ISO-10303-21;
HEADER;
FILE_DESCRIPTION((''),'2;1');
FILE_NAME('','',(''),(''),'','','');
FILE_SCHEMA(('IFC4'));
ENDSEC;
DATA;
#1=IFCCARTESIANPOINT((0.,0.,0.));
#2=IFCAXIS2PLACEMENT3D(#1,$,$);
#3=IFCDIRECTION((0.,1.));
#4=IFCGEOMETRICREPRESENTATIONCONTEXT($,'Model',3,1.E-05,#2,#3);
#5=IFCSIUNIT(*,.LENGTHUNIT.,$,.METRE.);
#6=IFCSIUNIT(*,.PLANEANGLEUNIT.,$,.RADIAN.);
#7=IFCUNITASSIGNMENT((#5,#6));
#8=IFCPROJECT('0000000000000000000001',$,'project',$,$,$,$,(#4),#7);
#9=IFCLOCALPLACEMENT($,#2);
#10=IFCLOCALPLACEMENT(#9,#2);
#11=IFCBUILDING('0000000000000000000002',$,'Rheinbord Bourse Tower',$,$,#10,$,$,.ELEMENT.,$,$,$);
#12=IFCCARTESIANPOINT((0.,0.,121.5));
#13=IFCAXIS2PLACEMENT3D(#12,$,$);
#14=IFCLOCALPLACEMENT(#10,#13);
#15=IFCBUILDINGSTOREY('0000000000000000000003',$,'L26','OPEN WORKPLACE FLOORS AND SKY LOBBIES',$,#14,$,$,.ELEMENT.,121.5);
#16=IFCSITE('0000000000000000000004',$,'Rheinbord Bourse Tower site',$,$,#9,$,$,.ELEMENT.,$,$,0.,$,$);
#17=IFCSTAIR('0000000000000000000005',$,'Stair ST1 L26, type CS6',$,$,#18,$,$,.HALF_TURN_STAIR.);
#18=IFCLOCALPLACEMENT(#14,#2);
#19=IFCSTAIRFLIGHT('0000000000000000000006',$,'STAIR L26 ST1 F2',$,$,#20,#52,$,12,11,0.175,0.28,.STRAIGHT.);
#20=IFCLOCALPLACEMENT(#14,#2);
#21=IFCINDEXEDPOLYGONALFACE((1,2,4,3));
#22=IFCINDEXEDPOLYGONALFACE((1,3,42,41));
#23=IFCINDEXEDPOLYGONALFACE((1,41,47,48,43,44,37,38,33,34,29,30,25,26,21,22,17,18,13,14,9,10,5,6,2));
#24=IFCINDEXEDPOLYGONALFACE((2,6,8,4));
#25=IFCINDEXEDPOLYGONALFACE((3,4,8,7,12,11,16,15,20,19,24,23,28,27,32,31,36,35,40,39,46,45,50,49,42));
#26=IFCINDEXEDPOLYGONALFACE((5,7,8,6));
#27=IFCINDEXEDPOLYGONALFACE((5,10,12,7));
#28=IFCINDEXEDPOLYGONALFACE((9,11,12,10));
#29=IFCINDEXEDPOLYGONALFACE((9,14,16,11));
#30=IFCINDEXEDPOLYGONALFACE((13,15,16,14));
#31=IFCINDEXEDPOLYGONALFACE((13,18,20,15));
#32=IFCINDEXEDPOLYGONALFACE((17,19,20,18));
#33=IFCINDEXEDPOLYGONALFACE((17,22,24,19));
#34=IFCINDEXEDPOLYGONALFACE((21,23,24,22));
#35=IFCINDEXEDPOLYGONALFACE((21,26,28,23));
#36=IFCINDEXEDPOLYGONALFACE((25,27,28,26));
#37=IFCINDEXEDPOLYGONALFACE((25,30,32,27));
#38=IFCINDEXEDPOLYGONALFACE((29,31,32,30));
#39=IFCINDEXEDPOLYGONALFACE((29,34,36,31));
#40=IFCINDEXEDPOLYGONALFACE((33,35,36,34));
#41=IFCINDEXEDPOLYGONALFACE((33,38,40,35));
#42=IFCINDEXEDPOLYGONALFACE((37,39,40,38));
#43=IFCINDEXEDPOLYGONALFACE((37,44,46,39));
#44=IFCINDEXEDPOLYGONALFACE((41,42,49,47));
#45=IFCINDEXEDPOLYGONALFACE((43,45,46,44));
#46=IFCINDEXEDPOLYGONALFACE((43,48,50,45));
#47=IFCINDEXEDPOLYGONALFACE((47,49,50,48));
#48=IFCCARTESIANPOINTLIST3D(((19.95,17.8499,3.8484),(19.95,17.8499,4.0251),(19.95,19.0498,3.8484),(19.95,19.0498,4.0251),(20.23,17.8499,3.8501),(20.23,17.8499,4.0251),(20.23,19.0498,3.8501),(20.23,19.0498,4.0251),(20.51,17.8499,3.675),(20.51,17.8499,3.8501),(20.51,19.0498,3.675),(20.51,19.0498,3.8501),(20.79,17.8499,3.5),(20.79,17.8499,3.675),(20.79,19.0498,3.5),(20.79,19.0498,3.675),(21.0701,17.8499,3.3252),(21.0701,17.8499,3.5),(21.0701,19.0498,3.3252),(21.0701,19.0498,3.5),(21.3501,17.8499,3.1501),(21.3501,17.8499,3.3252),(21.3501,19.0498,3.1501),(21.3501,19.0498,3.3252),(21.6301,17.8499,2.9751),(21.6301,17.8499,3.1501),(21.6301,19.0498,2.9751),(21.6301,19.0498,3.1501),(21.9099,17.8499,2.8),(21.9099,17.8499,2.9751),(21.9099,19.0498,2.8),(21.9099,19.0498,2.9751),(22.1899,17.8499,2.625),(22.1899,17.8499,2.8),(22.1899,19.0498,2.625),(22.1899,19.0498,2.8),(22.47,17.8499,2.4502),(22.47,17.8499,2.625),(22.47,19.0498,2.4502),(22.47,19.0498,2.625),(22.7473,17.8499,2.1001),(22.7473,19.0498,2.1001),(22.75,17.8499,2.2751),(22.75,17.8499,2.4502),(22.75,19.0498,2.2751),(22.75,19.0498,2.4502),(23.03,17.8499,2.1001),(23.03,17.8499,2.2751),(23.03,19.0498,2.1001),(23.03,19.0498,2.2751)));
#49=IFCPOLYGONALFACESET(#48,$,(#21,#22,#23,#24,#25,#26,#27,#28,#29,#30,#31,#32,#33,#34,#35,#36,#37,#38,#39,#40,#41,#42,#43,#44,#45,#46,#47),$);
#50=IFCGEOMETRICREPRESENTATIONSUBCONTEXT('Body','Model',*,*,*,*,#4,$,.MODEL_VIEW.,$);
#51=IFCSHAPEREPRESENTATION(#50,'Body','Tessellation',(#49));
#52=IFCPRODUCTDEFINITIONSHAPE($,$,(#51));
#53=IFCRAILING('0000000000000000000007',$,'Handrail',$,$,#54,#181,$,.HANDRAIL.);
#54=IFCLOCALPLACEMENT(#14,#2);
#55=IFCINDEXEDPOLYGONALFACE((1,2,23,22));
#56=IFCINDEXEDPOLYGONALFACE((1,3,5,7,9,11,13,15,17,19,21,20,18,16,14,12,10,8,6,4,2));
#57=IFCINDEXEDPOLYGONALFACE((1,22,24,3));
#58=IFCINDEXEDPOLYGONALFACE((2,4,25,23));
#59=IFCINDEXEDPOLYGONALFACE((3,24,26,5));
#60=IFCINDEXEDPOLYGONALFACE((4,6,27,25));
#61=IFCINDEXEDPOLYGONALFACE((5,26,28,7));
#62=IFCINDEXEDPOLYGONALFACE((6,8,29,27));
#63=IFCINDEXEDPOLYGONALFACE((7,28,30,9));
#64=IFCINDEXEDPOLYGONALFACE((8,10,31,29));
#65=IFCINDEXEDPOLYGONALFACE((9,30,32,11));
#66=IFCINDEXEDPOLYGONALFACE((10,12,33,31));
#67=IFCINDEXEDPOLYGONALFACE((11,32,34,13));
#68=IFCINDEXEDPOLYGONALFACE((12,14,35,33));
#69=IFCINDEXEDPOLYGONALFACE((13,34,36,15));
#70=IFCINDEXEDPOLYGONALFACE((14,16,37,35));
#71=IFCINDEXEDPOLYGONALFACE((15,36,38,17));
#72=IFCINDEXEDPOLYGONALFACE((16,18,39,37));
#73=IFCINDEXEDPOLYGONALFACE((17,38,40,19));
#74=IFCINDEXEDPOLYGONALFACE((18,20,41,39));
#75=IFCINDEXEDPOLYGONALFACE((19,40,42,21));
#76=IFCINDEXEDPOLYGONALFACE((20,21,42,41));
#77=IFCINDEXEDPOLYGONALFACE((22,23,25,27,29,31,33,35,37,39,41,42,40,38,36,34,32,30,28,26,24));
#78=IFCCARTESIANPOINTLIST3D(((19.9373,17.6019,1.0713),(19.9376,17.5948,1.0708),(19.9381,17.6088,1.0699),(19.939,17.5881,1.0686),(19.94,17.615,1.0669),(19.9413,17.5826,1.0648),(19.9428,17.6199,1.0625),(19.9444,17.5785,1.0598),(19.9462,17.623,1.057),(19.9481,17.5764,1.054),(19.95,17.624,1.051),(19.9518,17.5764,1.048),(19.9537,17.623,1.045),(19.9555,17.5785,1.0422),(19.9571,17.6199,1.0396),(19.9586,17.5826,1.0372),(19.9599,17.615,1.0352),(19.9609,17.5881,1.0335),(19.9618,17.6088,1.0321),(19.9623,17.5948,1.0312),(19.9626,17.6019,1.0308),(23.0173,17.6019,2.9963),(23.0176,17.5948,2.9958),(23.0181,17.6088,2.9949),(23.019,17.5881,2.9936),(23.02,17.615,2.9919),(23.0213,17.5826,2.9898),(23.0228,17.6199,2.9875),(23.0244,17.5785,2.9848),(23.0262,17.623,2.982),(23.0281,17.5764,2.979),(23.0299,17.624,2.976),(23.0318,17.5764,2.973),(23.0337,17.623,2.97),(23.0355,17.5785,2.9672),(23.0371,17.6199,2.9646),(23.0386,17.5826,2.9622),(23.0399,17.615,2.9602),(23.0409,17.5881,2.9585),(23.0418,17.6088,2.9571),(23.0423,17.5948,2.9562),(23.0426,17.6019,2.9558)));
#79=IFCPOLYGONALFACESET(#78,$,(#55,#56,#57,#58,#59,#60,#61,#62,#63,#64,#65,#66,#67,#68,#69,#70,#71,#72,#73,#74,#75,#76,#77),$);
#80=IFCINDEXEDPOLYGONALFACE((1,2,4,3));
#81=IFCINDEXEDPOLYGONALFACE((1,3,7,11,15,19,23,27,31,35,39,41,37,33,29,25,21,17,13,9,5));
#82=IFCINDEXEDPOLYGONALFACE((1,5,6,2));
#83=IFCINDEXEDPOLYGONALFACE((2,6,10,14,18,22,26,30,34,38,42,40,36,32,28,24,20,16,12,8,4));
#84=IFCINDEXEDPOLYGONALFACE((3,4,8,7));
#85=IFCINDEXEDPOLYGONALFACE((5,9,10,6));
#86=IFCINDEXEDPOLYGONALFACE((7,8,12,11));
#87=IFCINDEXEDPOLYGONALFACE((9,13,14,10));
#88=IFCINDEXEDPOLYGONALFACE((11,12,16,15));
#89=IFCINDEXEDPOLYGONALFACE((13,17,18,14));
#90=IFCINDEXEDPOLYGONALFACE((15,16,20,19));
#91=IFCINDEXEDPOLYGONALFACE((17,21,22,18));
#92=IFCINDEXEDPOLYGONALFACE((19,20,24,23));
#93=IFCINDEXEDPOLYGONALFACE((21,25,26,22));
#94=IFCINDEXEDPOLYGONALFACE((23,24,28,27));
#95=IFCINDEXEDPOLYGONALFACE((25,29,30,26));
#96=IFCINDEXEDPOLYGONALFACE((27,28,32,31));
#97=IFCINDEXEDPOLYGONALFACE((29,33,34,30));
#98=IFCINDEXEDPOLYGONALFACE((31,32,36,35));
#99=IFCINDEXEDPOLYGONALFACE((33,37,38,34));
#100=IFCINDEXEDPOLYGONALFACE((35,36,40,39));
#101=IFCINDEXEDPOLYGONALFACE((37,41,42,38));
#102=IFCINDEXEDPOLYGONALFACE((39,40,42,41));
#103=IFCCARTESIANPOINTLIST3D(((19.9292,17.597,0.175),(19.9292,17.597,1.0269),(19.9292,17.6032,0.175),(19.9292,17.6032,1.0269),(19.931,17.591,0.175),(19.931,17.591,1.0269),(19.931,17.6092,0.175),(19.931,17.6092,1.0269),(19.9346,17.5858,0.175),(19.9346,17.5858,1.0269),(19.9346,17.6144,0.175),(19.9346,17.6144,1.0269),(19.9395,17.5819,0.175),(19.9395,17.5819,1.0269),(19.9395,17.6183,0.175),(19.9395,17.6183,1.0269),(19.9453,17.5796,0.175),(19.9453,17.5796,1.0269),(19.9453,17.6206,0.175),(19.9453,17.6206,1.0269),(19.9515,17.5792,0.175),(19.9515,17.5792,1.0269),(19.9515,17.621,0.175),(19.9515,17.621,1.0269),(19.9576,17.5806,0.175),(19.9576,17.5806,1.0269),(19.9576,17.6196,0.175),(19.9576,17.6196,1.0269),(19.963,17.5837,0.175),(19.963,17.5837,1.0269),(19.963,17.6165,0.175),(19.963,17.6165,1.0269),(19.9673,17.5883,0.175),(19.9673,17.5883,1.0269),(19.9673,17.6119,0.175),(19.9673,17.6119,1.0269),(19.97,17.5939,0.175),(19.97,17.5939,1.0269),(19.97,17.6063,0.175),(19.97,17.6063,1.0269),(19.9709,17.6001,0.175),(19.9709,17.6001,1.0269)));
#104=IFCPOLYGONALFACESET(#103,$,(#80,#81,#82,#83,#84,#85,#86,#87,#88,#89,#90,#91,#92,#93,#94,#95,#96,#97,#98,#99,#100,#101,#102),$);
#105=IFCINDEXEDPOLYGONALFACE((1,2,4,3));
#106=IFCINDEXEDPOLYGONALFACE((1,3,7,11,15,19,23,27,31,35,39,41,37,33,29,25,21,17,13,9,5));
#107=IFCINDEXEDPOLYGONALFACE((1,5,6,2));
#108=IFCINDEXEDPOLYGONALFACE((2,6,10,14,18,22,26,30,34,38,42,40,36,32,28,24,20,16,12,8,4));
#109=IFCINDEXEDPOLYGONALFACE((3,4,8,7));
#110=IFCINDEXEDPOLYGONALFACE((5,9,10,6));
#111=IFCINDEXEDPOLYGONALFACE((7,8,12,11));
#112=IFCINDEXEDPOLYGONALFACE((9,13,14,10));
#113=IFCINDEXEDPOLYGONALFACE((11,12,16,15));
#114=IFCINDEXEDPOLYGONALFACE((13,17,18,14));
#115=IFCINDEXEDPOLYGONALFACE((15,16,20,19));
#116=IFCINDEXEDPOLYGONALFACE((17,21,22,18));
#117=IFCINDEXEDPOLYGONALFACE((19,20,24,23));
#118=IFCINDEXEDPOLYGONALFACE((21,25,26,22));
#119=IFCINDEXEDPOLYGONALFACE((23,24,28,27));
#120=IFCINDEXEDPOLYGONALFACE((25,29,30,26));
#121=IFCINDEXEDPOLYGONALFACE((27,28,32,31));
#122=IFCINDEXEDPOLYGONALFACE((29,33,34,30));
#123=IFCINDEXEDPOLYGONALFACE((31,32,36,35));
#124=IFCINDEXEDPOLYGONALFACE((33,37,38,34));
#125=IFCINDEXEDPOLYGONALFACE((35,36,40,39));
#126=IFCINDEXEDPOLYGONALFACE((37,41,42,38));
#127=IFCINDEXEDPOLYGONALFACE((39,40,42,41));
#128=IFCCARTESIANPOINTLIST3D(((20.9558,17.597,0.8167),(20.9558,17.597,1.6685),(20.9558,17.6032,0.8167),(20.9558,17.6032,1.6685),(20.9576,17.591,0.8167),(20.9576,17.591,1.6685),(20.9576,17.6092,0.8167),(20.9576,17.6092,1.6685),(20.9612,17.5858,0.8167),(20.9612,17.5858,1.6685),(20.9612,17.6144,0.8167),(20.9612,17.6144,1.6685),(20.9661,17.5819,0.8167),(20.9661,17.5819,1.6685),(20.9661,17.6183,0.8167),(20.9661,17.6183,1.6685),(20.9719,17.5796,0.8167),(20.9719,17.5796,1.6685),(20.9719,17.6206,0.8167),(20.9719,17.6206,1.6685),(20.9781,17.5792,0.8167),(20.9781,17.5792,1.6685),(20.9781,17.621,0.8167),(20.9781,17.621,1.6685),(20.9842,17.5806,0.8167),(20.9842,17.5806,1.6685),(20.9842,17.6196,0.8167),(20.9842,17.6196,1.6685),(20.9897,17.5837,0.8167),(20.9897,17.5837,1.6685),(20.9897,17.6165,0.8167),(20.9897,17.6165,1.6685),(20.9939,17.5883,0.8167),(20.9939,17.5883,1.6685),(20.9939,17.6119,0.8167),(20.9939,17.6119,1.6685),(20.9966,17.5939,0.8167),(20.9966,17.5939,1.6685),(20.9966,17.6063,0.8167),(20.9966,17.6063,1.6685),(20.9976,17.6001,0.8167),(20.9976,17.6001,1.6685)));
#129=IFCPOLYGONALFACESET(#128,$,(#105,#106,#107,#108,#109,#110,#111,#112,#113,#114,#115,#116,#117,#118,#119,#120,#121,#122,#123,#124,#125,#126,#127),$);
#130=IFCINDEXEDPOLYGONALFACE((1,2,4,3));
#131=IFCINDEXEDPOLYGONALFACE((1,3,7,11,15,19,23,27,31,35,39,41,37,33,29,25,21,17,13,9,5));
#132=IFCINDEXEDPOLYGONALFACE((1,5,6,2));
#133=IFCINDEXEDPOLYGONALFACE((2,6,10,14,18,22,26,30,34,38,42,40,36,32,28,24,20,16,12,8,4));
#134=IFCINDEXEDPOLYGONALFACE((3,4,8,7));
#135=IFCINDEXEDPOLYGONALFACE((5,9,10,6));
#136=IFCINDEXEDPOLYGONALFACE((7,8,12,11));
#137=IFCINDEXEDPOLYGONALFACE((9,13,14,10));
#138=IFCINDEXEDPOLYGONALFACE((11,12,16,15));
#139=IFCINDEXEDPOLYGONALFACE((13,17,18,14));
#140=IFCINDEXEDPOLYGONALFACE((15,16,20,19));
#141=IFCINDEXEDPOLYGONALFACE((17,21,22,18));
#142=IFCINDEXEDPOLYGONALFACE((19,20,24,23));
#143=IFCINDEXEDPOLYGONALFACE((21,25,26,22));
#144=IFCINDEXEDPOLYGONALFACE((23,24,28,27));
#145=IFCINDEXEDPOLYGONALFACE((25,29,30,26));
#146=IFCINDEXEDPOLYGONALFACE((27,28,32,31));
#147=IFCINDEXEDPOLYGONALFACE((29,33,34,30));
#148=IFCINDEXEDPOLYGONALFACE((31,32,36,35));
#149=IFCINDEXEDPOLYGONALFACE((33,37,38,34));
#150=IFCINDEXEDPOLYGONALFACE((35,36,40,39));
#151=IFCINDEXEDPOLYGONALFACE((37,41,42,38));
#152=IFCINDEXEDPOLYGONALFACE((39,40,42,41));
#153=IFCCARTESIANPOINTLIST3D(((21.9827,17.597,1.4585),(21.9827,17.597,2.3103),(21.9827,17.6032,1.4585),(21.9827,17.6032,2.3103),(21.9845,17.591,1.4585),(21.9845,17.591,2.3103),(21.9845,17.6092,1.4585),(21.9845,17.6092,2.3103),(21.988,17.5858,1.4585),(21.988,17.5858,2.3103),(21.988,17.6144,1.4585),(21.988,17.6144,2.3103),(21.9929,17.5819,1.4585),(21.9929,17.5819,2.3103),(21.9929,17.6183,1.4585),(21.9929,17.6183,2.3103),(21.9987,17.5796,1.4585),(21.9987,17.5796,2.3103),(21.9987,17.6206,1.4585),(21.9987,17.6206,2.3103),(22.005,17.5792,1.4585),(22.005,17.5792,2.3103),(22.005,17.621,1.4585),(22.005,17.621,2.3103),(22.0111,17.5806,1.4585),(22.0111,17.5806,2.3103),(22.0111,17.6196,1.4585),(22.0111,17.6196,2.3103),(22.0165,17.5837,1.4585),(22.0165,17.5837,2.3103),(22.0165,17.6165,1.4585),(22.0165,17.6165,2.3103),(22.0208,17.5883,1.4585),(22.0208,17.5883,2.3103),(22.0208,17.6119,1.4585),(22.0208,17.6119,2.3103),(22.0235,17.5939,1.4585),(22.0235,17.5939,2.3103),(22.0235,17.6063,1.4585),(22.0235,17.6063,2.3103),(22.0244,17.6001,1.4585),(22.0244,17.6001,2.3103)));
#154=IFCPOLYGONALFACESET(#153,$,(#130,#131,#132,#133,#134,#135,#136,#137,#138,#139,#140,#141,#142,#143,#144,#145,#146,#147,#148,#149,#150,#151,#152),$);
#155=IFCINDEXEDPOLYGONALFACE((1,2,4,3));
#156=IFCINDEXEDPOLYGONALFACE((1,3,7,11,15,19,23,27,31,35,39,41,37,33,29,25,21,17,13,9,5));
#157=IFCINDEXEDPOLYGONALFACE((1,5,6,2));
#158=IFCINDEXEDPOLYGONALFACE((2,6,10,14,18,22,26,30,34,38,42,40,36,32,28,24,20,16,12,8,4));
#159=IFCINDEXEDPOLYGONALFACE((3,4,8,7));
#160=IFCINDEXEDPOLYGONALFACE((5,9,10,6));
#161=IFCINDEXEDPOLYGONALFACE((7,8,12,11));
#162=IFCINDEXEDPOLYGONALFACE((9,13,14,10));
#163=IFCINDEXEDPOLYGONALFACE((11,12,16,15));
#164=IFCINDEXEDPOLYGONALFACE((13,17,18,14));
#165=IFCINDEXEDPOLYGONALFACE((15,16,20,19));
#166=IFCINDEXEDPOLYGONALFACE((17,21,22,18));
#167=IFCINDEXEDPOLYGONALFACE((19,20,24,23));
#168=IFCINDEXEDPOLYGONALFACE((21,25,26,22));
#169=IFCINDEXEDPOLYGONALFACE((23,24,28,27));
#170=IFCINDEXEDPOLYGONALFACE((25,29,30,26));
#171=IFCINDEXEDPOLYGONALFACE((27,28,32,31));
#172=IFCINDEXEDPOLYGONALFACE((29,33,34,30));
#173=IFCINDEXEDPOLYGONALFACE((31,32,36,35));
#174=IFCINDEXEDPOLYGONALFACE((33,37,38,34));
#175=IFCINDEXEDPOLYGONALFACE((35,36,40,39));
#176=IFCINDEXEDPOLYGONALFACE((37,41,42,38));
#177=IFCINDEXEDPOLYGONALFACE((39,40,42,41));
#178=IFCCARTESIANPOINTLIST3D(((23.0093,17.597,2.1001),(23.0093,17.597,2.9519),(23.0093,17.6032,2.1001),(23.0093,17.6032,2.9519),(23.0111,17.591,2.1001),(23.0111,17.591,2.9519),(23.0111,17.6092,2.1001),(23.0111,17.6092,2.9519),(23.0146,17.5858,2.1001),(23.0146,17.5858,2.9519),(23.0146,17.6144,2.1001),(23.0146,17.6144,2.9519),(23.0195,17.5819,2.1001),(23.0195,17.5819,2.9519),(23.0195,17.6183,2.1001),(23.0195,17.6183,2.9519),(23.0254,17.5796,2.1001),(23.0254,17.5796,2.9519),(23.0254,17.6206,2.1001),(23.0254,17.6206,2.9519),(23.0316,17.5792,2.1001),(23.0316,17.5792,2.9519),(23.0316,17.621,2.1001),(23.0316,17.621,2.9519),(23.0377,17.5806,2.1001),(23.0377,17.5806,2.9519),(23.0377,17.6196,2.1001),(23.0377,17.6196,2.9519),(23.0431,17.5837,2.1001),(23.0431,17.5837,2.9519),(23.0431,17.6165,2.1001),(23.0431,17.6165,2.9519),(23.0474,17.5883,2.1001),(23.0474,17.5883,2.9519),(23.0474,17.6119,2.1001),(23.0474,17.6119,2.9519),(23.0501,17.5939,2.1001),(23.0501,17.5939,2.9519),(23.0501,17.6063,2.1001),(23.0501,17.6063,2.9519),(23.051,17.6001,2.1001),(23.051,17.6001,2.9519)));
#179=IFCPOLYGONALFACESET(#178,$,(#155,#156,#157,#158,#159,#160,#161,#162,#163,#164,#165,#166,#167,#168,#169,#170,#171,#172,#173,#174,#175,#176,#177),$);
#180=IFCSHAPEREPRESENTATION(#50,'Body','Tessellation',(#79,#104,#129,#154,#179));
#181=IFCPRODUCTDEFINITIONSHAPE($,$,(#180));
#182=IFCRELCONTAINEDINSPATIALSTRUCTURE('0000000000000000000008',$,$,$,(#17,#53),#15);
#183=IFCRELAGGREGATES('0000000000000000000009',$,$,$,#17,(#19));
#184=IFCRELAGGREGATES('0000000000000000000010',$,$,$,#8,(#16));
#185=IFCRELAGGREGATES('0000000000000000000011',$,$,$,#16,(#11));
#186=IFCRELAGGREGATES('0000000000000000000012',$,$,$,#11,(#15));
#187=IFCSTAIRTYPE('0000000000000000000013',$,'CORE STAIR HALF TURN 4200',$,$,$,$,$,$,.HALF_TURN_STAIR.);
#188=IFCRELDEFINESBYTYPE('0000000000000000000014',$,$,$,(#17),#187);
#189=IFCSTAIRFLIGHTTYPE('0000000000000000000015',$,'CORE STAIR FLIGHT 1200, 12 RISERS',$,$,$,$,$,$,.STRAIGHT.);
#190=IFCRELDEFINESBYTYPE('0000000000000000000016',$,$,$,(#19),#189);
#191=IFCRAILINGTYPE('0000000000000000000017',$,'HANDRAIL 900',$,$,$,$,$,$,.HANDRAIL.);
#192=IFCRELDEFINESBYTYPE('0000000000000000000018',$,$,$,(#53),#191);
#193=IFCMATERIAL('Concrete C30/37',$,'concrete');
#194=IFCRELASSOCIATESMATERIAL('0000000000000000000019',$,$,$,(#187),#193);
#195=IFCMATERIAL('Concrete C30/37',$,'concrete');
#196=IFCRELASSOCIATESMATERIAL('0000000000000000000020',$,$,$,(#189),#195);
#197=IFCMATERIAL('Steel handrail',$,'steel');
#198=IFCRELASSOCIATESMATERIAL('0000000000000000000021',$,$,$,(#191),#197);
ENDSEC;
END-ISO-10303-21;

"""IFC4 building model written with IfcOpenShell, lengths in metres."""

from ifc_helpers import new_model, si_unit, direction, frame, origin, origin_2d, place, context, subcontext, project, spatial, polyline, circle, outline, extrude, material, type_object, element, aggregate, save


model = new_model("IFC4")

# Units and contexts
model_context = context("Model", 3, precision=1e-05, world=origin(), true_north=direction((0.0, 1.0)))
body_context = subcontext(model_context, "Body", "Model", "MODEL_VIEW")
ifc_project = project(units=[si_unit("LENGTHUNIT", "METRE"), si_unit("PLANEANGLEUNIT", "RADIAN")], contexts=[model_context])

# Site, building, storey
site_placement = place(None, origin())
site = spatial("IfcSite", under=ifc_project, at=site_placement, Name="Rheinbord Bourse Tower site", CompositionType="ELEMENT", RefElevation=0.0)
building_placement = place(site_placement, origin())
building = spatial("IfcBuilding", under=site, at=building_placement, Name="Rheinbord Bourse Tower", CompositionType="ELEMENT")
storey_placement = place(building_placement, frame((0.0, 0.0, 121.5)))
storey = spatial("IfcBuildingStorey", under=building, at=storey_placement, Name="L26", Description="OPEN WORKPLACE FLOORS AND SKY LOBBIES", CompositionType="ELEMENT", Elevation=121.5)

# Stair, stair flight
ifc_material_1 = material(Name="Concrete C30/37", Category="concrete")
stair_type = type_object("IfcStairType", Name="CORE STAIR HALF TURN 4200", PredefinedType="HALF_TURN_STAIR", material=ifc_material_1)
stair_placement = place(storey_placement, origin())
stair = element("IfcStair", 1, at=stair_placement, inside=storey, type_object=stair_type, Name="Stair ST1 L26, type CS6", PredefinedType="HALF_TURN_STAIR")
ifc_material_2 = material(Name="Concrete C30/37", Category="concrete")
stair_flight_type = type_object("IfcStairFlightType", Name="CORE STAIR FLIGHT 1200, 12 RISERS", PredefinedType="STRAIGHT", material=ifc_material_2)
stair_flight_1_placement = place(storey_placement, frame((23.03, 18.45, 2.1001), z_axis=(0.0, 0.0, 1.0), x_axis=(-1.0, 0.0, 0.0)))
stair_flight_1 = element("IfcStairFlight", 2, at=stair_flight_1_placement, type_object=stair_flight_type, Name="STAIR L26 ST1 F2", NumberOfRisers=12, NumberOfTreads=11, PredefinedType="STRAIGHT", RiserHeight=0.175, TreadLength=0.28, context=body_context, shape_type="SweptSolid", body=[
    extrude(outline(polyline([(0.0, 0.0), (0.0, 0.175), (0.28, 0.175), (0.28, 0.3501), (0.5601, 0.3501), (0.5601, 0.5249), (0.8401, 0.5249), (0.8401, 0.7), (1.1201, 0.7), (1.1201, 0.875), (1.3999, 0.875), (1.3999, 1.05), (1.6799, 1.05), (1.6799, 1.2251), (1.96, 1.2251), (1.96, 1.3999), (2.24, 1.3999), (2.24, 1.575), (2.52, 1.575), (2.52, 1.75), (2.8, 1.75), (2.8, 1.925), (3.0801, 1.925), (3.0801, 2.1001), (3.0801, 1.7483), (0.2827, 0.0), (0.0, 0.0)])), frame((0.0, 0.6001, 0.0), z_axis=(0.0, -1.0, 0.0), x_axis=(1.0, 0.0, 0.0)), (0.0, 0.0, 1.0), 1.2),
])
aggregate(stair, [stair_flight_1])

# Railing
ifc_material_3 = material(Name="Steel handrail", Category="steel")
railing_type = type_object("IfcRailingType", Name="HANDRAIL 900", PredefinedType="HANDRAIL", material=ifc_material_3)
railing_1_placement = place(storey_placement, frame((19.95, 17.6001, 0.175)))
element("IfcRailing", 3, at=railing_1_placement, inside=storey, type_object=railing_type, Name="Handrail", PredefinedType="HANDRAIL", context=body_context, shape_type="SweptSolid", body=[
    extrude(circle(Radius=0.0239, at=origin_2d()), frame((0.0, 0.0, 0.876), z_axis=(0.847998, 0.0, 0.529999), x_axis=(0.0, 1.0, 0.0)), (0.0, 0.0, 1.0), 3.6321),
    extrude(circle(Radius=0.021, at=origin_2d()), origin(), (0.0, 0.0, 1.0), 0.8518),
    extrude(circle(Radius=0.021, at=origin_2d()), frame((1.0266, 0.0, 0.6416)), (0.0, 0.0, 1.0), 0.8518),
    extrude(circle(Radius=0.021, at=origin_2d()), frame((2.0535, 0.0, 1.2834)), (0.0, 0.0, 1.0), 0.8518),
    extrude(circle(Radius=0.021, at=origin_2d()), frame((3.0801, 0.0, 1.925)), (0.0, 0.0, 1.0), 0.8518),
])

save(model, "model.ifc")
